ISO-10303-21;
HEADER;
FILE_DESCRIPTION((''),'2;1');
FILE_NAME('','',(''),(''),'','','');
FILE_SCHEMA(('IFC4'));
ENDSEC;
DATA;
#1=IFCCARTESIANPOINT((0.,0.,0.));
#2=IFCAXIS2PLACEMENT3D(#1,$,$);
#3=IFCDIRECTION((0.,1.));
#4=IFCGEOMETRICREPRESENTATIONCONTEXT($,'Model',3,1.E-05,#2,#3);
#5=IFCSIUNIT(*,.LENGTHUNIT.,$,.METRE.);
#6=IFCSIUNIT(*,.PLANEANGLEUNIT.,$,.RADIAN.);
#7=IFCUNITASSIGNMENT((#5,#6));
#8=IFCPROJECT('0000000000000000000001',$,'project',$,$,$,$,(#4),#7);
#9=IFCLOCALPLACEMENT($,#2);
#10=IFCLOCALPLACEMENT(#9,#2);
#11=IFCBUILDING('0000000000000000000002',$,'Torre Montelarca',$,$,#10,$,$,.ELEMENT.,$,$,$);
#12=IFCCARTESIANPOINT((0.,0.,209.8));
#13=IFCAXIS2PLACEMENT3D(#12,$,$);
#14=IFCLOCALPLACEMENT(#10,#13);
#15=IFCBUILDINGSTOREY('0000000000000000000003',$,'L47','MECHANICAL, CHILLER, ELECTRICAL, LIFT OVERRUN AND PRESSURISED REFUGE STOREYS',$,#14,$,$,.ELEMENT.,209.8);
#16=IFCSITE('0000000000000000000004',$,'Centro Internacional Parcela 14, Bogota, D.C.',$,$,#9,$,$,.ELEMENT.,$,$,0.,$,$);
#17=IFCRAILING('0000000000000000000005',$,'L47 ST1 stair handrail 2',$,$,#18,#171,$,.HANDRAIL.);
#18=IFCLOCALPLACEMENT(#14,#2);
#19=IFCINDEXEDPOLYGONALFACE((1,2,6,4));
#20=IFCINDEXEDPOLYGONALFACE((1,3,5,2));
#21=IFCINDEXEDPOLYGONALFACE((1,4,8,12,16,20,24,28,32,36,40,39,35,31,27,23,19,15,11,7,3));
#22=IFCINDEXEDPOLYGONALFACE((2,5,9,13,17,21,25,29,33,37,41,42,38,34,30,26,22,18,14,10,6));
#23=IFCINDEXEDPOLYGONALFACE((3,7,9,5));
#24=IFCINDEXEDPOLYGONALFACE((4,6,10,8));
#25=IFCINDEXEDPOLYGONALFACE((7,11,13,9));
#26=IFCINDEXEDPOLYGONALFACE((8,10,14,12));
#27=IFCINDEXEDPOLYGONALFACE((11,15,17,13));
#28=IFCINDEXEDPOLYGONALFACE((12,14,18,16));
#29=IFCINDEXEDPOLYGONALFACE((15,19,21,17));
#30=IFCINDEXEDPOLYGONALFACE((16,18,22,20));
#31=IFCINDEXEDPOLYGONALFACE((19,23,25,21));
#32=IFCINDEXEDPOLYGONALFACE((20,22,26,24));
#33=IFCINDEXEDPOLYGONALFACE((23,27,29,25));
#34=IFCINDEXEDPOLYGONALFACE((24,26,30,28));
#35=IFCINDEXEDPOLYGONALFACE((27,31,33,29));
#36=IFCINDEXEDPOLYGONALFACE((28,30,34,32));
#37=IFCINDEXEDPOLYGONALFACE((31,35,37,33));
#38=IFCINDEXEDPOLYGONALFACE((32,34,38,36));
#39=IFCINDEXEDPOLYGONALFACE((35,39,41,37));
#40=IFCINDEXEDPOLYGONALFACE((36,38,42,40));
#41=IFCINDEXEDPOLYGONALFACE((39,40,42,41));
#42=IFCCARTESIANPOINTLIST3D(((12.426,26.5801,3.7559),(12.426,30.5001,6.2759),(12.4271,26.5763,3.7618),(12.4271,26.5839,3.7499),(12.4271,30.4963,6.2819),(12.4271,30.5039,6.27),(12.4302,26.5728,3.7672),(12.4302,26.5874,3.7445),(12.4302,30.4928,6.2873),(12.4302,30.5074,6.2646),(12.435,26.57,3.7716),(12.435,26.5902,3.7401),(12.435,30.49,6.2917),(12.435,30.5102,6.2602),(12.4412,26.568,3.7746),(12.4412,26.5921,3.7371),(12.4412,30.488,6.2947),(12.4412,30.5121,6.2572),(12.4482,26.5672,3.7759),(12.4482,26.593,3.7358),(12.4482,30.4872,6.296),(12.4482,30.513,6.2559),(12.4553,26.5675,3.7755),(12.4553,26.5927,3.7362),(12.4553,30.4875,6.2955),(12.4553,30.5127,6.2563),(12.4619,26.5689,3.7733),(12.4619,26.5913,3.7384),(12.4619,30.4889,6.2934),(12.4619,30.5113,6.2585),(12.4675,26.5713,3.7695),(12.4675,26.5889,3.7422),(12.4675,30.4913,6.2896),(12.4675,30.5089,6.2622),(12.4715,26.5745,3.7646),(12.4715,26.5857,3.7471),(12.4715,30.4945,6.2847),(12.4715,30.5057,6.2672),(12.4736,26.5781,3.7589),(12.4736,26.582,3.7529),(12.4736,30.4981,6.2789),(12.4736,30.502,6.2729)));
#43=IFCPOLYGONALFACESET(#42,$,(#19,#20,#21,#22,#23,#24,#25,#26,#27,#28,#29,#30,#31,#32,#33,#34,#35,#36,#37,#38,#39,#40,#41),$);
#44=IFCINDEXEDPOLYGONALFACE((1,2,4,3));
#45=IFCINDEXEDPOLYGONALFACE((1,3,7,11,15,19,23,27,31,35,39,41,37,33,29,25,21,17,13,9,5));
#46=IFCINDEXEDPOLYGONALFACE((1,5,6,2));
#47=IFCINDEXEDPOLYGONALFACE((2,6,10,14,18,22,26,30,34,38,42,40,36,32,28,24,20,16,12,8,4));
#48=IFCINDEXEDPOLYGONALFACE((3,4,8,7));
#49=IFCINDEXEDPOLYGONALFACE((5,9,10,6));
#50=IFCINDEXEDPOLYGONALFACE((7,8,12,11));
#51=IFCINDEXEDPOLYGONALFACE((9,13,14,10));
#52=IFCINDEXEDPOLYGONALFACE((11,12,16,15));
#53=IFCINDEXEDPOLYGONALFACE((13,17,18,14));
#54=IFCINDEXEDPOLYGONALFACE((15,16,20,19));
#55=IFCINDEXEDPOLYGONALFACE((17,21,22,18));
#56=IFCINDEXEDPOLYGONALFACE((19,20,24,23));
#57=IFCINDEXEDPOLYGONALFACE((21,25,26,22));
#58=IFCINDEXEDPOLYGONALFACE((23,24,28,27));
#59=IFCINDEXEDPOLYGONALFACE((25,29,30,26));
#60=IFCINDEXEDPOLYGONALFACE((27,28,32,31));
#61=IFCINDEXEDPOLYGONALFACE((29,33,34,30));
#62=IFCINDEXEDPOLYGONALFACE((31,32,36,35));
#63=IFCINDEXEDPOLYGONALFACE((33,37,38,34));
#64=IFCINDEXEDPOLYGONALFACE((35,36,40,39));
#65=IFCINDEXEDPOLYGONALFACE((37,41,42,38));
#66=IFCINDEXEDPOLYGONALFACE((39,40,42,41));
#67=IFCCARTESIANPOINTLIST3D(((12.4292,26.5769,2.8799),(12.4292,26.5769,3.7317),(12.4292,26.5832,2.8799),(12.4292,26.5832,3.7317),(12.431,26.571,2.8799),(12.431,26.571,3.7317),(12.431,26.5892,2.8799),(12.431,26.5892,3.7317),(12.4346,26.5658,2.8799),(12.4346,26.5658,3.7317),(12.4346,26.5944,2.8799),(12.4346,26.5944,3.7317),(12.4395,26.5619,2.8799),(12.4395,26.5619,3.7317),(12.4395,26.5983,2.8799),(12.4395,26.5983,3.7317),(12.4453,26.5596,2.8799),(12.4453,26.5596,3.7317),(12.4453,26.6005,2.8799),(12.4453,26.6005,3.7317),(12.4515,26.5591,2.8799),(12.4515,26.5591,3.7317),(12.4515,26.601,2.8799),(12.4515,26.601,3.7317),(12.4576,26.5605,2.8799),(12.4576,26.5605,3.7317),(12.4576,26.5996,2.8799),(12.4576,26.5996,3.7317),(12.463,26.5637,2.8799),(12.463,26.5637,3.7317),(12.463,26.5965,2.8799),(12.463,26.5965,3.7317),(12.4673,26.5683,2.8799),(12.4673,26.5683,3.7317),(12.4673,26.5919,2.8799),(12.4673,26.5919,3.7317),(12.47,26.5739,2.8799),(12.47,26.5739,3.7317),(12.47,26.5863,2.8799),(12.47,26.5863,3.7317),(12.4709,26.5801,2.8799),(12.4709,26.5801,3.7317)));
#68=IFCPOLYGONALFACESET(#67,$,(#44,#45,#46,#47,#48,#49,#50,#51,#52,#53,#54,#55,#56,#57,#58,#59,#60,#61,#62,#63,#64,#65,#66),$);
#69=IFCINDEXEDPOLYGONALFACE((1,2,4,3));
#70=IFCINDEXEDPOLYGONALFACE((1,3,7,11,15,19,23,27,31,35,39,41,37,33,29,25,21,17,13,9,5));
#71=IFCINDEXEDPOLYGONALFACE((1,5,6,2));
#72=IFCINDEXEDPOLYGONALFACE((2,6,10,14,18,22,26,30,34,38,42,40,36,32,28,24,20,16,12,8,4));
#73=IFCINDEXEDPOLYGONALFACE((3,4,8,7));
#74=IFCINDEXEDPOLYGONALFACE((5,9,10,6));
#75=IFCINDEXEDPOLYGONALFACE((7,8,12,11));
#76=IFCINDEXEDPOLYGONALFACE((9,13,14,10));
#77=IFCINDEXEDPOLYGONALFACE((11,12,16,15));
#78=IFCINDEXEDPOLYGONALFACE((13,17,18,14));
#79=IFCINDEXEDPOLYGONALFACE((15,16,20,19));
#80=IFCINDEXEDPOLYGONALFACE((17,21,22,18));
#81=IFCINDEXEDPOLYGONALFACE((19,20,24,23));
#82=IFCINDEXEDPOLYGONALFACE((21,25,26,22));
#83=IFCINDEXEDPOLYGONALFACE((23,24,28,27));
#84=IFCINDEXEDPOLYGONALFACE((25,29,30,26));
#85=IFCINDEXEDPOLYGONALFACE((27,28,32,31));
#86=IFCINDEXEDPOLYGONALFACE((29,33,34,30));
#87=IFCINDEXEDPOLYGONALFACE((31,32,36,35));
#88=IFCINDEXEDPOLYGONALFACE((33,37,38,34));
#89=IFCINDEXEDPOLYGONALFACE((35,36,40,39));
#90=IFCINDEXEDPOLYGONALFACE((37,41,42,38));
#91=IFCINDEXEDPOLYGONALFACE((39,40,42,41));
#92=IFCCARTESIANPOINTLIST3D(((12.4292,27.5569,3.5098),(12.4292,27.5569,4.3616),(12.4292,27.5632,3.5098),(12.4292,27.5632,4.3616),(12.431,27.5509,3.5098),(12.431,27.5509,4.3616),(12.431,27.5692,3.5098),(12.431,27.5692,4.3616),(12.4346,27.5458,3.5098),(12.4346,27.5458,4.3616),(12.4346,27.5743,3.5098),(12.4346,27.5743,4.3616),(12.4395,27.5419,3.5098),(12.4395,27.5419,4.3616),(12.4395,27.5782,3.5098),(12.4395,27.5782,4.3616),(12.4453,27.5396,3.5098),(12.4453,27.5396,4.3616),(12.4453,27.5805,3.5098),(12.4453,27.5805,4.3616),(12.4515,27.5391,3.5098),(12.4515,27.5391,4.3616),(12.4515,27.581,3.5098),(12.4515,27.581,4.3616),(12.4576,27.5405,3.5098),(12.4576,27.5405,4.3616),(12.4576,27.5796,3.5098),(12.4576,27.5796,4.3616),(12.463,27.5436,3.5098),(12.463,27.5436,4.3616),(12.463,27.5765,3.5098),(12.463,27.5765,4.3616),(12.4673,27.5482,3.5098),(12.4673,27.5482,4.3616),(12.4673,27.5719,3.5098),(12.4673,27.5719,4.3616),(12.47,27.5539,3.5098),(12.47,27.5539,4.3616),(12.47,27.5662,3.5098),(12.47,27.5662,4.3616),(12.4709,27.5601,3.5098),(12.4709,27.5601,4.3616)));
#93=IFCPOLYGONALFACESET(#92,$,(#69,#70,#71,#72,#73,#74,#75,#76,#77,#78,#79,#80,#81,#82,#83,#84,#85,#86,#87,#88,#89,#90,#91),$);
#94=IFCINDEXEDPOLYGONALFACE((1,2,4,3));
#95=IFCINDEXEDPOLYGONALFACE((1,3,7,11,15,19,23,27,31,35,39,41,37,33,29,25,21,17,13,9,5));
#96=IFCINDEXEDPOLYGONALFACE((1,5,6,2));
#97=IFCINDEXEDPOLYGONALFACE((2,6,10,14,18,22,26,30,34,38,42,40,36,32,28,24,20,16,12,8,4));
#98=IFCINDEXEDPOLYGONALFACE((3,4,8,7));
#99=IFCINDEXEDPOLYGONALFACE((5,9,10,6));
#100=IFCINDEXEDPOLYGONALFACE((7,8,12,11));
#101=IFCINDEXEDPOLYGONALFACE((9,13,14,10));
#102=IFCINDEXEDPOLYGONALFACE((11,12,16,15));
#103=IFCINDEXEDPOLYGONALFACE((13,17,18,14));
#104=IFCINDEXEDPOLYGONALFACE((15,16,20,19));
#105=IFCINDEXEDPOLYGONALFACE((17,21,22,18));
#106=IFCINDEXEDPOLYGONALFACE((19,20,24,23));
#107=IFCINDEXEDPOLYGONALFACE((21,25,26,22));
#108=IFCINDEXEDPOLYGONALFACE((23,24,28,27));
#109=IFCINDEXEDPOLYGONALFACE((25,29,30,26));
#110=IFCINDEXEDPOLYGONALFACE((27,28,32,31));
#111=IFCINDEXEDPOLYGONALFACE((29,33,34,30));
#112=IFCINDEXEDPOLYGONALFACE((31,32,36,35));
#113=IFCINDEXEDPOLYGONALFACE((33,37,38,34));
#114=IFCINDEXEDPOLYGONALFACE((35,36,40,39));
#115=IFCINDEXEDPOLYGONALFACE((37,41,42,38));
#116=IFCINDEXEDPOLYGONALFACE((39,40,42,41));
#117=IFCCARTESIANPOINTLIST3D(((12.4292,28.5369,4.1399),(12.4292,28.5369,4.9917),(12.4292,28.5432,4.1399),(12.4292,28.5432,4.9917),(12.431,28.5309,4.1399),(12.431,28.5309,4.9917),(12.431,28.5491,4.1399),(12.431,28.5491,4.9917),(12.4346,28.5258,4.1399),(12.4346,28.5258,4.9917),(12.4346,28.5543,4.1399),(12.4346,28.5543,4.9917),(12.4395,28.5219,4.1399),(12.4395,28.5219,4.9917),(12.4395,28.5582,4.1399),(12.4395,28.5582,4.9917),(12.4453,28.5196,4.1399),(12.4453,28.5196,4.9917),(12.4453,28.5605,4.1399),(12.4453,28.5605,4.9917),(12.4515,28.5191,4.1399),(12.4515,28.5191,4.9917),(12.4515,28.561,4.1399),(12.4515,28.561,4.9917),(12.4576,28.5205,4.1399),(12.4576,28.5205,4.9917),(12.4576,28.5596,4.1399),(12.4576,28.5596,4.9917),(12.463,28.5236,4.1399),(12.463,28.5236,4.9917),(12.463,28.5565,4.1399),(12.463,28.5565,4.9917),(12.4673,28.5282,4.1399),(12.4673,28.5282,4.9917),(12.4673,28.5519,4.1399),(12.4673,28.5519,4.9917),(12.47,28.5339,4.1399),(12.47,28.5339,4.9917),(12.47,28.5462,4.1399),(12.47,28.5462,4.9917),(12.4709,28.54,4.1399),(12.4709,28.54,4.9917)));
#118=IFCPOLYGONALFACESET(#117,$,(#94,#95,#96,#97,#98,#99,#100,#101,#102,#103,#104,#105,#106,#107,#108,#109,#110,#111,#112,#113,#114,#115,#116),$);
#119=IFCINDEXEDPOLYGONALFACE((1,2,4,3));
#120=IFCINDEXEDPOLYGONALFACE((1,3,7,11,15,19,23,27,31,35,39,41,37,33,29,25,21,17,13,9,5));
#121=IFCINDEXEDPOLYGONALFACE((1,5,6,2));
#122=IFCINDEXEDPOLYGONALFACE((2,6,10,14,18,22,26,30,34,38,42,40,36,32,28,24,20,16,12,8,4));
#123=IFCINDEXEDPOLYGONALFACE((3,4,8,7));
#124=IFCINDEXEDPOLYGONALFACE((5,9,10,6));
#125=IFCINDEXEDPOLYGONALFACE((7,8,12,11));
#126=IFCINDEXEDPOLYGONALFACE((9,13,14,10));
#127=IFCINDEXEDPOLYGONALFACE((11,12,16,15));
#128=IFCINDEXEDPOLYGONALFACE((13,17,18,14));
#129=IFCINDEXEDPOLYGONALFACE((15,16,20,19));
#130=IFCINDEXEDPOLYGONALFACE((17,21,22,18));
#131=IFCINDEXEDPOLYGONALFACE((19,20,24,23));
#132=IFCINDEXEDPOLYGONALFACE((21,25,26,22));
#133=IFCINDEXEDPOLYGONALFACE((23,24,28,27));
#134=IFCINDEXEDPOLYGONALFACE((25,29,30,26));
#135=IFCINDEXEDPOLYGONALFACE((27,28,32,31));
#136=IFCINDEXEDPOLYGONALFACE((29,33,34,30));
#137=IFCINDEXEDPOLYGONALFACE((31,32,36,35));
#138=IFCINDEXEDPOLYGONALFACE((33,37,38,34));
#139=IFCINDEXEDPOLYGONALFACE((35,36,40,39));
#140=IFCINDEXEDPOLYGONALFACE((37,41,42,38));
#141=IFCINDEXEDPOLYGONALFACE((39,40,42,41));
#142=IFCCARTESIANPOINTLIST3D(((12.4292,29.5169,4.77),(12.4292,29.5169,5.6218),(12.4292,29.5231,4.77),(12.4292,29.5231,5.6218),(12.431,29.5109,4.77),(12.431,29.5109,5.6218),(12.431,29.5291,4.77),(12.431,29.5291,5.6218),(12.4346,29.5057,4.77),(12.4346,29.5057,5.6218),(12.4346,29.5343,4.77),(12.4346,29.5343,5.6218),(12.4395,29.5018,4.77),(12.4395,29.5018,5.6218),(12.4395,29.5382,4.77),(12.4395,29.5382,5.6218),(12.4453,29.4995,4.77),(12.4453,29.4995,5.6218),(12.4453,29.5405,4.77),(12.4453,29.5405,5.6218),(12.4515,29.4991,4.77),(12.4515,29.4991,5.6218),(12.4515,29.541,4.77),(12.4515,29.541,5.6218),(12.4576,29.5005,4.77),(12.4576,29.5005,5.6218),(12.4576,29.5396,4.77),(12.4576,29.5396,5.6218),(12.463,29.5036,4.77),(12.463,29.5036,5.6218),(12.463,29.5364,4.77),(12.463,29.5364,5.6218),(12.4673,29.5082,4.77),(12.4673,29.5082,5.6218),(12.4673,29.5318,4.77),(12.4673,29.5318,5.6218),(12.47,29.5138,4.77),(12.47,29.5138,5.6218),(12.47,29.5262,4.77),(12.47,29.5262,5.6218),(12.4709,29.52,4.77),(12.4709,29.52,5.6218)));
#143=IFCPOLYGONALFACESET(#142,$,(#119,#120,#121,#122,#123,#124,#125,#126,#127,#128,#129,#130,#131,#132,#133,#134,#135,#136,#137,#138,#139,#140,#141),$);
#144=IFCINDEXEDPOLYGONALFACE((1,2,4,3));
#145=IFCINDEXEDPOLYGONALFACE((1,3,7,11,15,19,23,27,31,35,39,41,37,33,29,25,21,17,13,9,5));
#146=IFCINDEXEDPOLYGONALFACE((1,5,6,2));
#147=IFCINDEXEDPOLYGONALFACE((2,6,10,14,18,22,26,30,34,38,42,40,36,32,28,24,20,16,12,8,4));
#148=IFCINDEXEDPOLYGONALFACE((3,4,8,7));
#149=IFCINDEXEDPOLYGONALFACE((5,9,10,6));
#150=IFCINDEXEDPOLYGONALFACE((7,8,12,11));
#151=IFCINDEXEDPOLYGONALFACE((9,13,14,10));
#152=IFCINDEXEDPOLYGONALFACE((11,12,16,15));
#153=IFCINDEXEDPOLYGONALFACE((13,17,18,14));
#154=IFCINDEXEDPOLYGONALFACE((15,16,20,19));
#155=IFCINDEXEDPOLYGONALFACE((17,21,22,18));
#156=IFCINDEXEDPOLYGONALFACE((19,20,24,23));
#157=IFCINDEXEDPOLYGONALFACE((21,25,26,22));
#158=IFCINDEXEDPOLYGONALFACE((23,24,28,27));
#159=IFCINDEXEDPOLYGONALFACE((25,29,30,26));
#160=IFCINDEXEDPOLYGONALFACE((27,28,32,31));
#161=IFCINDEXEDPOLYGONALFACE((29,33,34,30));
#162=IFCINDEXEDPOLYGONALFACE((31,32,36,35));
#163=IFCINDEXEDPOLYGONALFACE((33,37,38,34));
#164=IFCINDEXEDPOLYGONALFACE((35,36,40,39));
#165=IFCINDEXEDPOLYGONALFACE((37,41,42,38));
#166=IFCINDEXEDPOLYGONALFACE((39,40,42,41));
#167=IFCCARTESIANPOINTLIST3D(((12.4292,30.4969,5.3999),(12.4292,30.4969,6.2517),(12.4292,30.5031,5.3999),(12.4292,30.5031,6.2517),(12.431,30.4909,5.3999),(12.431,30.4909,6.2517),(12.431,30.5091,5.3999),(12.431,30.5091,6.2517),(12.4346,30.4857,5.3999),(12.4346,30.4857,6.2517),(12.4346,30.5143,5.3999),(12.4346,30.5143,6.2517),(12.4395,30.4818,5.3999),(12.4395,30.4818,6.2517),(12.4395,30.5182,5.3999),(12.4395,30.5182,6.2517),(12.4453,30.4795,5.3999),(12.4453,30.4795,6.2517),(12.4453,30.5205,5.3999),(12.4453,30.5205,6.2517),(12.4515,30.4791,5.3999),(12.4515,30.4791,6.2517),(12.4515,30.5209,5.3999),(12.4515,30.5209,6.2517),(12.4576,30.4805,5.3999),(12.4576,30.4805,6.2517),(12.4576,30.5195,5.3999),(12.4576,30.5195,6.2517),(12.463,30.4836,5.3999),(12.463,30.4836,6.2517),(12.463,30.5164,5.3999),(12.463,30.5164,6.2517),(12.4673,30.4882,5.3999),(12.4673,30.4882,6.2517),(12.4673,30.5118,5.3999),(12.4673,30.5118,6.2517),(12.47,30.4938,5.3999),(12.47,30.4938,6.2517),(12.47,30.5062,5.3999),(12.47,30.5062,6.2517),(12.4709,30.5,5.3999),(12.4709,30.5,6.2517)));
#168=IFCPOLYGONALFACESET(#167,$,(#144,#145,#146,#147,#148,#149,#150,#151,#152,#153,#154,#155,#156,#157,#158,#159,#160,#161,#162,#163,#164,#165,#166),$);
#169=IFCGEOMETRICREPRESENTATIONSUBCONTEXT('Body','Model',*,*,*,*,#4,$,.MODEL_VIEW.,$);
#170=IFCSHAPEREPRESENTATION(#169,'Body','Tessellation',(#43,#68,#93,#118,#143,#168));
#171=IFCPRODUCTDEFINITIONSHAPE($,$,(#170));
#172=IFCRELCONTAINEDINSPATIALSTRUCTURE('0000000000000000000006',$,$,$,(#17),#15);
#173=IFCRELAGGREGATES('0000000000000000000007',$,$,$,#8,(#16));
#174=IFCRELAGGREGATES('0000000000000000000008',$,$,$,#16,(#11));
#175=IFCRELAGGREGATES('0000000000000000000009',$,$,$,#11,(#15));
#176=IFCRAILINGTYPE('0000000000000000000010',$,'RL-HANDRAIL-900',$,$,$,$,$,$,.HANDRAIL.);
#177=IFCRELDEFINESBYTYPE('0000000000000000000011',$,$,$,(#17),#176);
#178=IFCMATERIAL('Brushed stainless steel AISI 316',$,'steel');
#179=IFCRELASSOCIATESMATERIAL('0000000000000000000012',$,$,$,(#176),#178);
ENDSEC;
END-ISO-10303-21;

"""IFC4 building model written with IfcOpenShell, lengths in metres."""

from ifc_helpers import new_model, si_unit, direction, frame, origin, origin_2d, place, context, subcontext, project, spatial, circle, extrude, material, type_object, element, save


model = new_model("IFC4")

# Units and contexts
model_context = context("Model", 3, precision=1e-05, world=origin(), true_north=direction((0.0, 1.0)))
body_context = subcontext(model_context, "Body", "Model", "MODEL_VIEW")
ifc_project = project(units=[si_unit("LENGTHUNIT", "METRE"), si_unit("PLANEANGLEUNIT", "RADIAN")], contexts=[model_context])

# Site, building, storey
site_placement = place(None, origin())
site = spatial("IfcSite", under=ifc_project, at=site_placement, Name="Centro Internacional Parcela 14, Bogota, D.C.", CompositionType="ELEMENT", RefElevation=0.0)
building_placement = place(site_placement, origin())
building = spatial("IfcBuilding", under=site, at=building_placement, Name="Torre Montelarca", CompositionType="ELEMENT")
storey_placement = place(building_placement, frame((0.0, 0.0, 209.8)))
storey = spatial("IfcBuildingStorey", under=building, at=storey_placement, Name="L47", Description="MECHANICAL, CHILLER, ELECTRICAL, LIFT OVERRUN AND PRESSURISED REFUGE STOREYS", CompositionType="ELEMENT", Elevation=209.8)

# Railing
ifc_material_1 = material(Name="Brushed stainless steel AISI 316", Category="steel")
railing_type_1 = type_object("IfcRailingType", Name="RL-HANDRAIL-900", PredefinedType="HANDRAIL", material=ifc_material_1)
railing_1_placement = place(storey_placement, frame((12.45, 26.5801, 2.8799)))
element("IfcRailing", 1, at=railing_1_placement, inside=storey, type_object=railing_type_1, Name="L47 ST1 stair handrail 2", PredefinedType="HANDRAIL", context=body_context, shape_type="SweptSolid", body=[
    extrude(circle(Radius=0.0239, at=origin_2d()), frame((0.0, 0.0, 0.876), z_axis=(0.0, 0.841172, 0.540768), x_axis=(-1.0, 0.0, 0.0)), (0.0, 0.0, 1.0), 4.6602),
    extrude(circle(Radius=0.021, at=origin_2d()), origin(), (0.0, 0.0, 1.0), 0.8518),
    extrude(circle(Radius=0.021, at=origin_2d()), frame((0.0, 0.98, 0.6299)), (0.0, 0.0, 1.0), 0.8518),
    extrude(circle(Radius=0.021, at=origin_2d()), frame((0.0, 1.96, 1.26)), (0.0, 0.0, 1.0), 0.8518),
    extrude(circle(Radius=0.021, at=origin_2d()), frame((0.0, 2.9399, 1.8901)), (0.0, 0.0, 1.0), 0.8518),
    extrude(circle(Radius=0.021, at=origin_2d()), frame((0.0, 3.9199, 2.52)), (0.0, 0.0, 1.0), 0.8518),
])

save(model, "model.ifc")
